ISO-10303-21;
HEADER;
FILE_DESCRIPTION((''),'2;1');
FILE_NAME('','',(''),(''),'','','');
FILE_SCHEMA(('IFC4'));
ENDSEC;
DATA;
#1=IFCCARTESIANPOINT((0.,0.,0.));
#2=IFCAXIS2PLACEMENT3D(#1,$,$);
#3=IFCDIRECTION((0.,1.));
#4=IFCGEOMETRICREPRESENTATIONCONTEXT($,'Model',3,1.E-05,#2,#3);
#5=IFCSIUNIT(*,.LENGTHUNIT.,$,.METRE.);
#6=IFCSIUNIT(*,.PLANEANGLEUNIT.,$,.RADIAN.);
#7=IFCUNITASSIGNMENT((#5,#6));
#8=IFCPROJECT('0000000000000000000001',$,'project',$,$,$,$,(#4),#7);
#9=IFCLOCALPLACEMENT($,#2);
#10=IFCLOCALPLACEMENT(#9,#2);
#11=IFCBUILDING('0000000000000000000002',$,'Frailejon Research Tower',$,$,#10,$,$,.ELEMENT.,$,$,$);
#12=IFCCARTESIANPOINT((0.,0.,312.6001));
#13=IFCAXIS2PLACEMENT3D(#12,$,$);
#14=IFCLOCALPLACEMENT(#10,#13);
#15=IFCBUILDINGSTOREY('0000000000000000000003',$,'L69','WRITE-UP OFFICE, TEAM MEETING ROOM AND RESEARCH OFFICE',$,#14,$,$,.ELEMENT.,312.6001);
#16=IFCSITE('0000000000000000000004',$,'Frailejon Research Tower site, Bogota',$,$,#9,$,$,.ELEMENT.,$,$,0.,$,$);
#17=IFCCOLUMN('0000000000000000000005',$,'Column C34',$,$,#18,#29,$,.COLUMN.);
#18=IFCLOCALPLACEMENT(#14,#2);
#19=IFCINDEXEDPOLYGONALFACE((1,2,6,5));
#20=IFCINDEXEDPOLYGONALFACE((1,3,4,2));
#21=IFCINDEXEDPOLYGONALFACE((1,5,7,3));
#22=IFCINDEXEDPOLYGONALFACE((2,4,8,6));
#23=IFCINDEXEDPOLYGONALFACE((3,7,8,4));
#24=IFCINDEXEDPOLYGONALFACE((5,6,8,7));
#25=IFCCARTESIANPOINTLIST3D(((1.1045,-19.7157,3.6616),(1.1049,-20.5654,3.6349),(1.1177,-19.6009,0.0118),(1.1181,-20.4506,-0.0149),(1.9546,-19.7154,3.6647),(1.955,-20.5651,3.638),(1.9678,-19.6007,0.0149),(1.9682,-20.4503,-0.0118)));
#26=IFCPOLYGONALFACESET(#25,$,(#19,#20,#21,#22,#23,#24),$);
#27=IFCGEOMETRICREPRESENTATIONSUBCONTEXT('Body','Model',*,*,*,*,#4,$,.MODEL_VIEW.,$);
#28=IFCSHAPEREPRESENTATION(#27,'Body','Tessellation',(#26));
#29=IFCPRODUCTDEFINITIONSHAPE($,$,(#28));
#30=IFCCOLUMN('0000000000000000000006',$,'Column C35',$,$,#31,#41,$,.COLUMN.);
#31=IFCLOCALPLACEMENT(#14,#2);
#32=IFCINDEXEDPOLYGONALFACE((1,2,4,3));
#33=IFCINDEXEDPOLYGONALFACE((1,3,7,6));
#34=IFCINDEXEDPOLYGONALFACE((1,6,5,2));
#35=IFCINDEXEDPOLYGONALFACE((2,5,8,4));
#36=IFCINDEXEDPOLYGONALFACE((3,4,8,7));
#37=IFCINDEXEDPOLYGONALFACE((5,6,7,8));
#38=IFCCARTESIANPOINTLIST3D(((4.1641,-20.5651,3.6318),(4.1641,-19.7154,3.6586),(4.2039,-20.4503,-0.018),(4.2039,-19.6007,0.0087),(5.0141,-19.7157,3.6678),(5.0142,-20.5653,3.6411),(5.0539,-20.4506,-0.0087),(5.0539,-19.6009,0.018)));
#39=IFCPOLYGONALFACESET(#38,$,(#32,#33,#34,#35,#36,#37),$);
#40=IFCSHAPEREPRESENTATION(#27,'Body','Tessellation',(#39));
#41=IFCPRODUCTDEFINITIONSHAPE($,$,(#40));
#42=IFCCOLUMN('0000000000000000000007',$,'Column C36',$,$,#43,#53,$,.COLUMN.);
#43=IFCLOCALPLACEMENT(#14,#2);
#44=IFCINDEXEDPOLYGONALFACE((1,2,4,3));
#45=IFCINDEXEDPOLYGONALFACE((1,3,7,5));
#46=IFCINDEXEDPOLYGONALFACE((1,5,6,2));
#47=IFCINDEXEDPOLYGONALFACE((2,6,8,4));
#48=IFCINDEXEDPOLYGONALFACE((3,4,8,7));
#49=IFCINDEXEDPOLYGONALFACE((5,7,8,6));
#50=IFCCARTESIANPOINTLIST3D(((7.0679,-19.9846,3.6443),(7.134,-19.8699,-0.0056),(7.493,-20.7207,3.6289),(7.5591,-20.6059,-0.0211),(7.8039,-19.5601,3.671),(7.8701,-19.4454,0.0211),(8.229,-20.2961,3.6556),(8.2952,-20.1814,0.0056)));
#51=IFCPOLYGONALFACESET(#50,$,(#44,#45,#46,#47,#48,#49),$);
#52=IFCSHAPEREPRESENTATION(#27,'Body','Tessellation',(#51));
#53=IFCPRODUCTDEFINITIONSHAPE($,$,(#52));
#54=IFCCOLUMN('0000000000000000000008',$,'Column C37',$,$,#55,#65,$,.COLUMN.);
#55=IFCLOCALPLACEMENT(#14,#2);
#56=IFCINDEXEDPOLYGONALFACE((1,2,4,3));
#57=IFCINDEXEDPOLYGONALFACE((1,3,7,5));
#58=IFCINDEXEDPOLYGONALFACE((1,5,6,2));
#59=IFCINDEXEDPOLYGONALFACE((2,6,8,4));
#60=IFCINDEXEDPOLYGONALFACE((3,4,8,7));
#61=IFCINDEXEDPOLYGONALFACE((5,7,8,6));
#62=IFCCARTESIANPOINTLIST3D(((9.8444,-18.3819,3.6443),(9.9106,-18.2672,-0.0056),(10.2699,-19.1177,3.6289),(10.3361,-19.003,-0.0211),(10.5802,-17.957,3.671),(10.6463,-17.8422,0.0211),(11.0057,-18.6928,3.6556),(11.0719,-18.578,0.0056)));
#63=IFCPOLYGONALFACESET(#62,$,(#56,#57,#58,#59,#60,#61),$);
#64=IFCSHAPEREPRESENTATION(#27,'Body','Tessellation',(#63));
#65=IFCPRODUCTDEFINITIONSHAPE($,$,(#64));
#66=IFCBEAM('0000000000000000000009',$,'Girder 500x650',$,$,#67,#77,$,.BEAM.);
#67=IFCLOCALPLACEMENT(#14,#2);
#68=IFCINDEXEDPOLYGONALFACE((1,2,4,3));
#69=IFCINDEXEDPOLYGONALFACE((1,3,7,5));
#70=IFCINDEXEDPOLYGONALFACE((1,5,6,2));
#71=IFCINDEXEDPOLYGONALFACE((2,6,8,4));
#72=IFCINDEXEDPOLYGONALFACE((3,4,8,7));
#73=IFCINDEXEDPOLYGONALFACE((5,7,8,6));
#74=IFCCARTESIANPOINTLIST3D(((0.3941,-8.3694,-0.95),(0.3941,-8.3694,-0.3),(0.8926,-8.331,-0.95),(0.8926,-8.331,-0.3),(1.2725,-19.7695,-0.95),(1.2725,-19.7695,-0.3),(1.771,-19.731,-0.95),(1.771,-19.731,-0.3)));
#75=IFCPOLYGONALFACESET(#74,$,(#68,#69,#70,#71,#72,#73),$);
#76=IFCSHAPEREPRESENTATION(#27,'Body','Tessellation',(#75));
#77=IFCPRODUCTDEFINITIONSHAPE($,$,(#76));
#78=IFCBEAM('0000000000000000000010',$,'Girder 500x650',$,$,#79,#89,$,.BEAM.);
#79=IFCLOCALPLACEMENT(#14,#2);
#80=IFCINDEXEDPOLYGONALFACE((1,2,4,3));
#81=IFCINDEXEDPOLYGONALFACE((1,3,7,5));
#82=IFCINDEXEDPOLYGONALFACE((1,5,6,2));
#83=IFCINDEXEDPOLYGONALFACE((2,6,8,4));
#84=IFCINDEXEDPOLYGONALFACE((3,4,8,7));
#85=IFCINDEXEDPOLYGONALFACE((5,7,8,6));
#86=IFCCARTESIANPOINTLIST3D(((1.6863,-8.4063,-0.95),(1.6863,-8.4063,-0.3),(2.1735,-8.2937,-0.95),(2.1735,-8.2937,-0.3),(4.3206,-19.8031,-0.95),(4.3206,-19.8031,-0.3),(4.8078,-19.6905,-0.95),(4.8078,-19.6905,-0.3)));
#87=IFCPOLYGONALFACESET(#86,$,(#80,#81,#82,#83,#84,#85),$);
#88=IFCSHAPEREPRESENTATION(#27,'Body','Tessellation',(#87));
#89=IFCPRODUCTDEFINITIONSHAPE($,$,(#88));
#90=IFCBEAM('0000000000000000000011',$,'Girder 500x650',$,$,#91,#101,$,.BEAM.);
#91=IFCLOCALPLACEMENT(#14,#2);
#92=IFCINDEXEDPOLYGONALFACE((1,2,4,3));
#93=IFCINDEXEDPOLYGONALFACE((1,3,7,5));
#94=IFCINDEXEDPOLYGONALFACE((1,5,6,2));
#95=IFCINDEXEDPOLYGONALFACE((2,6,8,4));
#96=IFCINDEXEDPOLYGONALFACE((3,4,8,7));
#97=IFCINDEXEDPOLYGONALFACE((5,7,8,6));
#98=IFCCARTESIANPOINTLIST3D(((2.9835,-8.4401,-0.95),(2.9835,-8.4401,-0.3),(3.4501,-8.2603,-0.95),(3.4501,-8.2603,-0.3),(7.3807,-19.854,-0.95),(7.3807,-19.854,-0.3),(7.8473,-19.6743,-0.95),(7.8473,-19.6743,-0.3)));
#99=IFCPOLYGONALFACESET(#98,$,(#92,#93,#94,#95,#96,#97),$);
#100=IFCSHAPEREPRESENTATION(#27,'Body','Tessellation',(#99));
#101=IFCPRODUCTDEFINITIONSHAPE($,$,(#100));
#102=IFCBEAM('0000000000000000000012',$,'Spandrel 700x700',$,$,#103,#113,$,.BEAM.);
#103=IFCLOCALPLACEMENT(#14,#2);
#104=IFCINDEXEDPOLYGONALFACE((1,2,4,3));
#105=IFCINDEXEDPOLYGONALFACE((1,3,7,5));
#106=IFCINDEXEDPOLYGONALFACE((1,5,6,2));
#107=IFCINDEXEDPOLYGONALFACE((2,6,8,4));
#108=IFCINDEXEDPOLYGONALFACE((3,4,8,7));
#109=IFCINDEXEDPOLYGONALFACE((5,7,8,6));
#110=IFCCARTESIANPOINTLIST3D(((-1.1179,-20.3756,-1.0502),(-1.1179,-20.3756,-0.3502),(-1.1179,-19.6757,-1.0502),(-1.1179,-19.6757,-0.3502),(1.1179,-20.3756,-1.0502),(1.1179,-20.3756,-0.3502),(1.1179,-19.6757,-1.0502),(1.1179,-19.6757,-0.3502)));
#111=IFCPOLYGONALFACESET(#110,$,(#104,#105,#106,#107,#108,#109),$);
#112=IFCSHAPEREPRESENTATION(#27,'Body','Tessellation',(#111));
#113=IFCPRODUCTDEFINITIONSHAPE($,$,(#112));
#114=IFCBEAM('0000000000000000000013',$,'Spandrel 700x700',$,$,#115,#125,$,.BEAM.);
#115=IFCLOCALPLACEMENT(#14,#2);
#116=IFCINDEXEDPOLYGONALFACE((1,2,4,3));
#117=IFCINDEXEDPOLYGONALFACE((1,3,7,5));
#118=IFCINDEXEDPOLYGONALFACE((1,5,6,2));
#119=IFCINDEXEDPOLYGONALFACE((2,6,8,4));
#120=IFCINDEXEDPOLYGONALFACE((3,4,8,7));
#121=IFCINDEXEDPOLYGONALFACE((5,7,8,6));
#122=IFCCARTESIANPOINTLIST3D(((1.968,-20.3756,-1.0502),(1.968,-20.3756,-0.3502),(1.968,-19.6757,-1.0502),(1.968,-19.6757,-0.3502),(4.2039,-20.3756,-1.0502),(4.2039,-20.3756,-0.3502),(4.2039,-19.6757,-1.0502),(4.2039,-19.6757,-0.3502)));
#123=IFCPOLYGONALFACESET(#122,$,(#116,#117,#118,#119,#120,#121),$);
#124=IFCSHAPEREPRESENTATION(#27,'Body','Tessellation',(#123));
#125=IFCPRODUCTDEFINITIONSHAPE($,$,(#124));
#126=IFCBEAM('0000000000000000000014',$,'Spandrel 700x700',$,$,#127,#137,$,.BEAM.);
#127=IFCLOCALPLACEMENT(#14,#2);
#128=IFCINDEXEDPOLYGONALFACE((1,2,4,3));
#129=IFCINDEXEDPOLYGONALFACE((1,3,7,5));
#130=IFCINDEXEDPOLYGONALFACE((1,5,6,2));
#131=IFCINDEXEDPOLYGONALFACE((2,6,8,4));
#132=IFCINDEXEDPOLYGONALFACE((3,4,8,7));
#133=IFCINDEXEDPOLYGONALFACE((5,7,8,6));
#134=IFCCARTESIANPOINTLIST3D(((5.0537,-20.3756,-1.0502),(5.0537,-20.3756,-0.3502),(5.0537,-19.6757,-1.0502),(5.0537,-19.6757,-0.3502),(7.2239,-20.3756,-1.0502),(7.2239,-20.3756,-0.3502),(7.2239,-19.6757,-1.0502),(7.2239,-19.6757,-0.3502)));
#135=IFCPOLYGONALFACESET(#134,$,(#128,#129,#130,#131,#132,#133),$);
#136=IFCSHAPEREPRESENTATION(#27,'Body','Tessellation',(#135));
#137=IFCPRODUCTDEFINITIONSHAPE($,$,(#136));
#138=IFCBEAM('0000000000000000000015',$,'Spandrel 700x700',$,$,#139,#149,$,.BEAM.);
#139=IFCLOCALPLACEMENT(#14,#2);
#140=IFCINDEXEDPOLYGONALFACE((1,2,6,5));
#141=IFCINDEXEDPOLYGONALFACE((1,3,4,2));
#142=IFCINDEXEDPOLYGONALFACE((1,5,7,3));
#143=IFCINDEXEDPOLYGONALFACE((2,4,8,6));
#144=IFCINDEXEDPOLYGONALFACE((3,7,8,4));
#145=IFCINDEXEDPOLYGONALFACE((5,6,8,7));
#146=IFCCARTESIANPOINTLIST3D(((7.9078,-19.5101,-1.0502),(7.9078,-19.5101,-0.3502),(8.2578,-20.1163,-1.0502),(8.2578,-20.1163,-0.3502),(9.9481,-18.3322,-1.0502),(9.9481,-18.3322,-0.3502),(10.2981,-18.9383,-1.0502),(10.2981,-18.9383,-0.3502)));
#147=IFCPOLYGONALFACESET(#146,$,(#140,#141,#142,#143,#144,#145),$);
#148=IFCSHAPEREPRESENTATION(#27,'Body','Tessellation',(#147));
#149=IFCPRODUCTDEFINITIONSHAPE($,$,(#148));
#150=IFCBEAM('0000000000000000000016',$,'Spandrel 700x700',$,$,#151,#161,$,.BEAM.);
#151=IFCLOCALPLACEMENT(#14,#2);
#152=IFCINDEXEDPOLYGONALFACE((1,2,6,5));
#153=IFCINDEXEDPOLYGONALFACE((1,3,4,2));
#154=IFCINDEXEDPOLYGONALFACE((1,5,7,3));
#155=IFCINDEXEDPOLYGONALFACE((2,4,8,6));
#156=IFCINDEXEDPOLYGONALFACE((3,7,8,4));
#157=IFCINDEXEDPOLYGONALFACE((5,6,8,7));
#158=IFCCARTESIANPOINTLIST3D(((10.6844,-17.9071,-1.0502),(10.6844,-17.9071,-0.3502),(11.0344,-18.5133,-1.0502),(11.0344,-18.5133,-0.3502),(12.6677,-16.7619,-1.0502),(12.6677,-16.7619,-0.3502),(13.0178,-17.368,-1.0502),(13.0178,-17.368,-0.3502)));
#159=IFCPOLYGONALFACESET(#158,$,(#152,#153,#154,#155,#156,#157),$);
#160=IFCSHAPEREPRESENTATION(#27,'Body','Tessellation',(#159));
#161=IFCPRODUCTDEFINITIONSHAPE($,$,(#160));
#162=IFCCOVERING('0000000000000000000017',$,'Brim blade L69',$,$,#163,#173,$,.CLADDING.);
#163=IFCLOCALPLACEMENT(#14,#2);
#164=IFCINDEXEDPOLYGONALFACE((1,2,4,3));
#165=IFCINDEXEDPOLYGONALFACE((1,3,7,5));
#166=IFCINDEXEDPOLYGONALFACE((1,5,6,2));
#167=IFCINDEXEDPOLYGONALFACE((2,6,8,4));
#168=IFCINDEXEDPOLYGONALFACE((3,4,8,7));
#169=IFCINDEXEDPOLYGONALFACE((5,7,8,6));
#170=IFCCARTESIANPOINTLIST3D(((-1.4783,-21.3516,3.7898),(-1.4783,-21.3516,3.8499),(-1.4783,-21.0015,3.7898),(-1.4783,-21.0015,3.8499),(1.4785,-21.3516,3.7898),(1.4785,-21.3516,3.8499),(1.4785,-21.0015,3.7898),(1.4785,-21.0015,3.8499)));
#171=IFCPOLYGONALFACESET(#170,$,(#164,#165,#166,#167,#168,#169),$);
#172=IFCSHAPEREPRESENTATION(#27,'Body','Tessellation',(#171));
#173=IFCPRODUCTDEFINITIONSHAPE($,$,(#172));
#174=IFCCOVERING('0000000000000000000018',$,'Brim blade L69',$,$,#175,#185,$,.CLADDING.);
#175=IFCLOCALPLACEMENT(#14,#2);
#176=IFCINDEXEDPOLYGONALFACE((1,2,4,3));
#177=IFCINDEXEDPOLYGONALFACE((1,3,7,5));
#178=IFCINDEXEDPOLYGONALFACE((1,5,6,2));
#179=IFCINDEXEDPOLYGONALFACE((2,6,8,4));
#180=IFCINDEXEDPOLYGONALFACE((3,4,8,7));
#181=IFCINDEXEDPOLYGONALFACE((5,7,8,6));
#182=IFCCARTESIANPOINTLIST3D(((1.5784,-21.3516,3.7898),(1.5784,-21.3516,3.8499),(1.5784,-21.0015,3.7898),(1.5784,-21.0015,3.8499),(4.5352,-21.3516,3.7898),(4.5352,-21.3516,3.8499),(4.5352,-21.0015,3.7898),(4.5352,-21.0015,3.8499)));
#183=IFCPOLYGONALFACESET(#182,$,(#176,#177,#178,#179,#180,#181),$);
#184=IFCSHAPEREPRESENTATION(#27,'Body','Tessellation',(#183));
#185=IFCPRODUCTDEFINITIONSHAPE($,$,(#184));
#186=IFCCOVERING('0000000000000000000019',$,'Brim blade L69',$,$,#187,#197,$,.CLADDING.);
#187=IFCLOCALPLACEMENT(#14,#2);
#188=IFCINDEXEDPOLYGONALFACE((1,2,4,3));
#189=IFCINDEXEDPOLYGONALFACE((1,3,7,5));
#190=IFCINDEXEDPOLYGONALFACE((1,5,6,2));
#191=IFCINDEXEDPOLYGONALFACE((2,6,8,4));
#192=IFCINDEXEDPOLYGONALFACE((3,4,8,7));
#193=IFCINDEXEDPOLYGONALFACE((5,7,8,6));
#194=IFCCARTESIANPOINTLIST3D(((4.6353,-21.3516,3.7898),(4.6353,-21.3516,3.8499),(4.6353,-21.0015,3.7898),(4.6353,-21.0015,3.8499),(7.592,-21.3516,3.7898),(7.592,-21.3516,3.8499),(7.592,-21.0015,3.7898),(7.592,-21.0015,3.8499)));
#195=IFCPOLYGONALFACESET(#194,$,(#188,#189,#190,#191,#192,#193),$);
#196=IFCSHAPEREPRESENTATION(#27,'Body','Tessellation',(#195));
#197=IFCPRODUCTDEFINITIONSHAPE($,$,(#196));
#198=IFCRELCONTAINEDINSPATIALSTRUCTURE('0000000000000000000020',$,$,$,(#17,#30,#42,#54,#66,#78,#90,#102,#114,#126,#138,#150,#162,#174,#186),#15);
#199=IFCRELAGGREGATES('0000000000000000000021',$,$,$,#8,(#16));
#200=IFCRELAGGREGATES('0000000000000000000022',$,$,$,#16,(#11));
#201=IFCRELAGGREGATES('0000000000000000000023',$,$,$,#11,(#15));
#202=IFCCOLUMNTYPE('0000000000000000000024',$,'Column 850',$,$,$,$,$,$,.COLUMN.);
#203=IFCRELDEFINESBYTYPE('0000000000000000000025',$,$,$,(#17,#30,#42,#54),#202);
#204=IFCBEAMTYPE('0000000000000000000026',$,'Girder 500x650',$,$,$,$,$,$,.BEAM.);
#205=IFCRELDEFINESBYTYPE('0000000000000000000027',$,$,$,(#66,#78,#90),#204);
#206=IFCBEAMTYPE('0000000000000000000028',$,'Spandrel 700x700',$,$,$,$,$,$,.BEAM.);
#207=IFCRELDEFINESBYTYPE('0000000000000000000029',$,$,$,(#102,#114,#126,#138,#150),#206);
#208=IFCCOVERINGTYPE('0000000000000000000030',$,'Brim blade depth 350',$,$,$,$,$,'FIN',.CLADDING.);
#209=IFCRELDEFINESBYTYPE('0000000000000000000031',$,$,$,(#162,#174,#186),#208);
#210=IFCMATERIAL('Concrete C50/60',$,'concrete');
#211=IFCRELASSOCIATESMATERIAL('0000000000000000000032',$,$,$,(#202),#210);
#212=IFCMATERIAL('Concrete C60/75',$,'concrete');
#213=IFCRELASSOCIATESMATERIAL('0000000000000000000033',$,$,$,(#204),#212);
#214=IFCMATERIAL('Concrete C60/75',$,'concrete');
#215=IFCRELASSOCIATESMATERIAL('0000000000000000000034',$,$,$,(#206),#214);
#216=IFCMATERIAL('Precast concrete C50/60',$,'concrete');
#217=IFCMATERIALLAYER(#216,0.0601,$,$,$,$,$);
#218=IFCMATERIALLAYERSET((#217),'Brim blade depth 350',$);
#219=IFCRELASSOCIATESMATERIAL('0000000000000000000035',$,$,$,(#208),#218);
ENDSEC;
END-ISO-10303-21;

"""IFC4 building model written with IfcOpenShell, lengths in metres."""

from ifc_helpers import new_model, si_unit, direction, frame, origin, origin_2d, place, context, subcontext, project, spatial, polyline, rectangle, outline, extrude, material, layer, layer_set, material_profile, profile_set, type_object, element, save


model = new_model("IFC4")

# Units and contexts
model_context = context("Model", 3, precision=1e-05, world=origin(), true_north=direction((0.0, 1.0)))
body_context = subcontext(model_context, "Body", "Model", "MODEL_VIEW")
ifc_project = project(units=[si_unit("LENGTHUNIT", "METRE"), si_unit("PLANEANGLEUNIT", "RADIAN")], contexts=[model_context])

# Site, building, storey
site_placement = place(None, origin())
site = spatial("IfcSite", under=ifc_project, at=site_placement, Name="Frailejon Research Tower site, Bogota", CompositionType="ELEMENT", RefElevation=0.0)
building_placement = place(site_placement, origin())
building = spatial("IfcBuilding", under=site, at=building_placement, Name="Frailejon Research Tower", CompositionType="ELEMENT")
storey_placement = place(building_placement, frame((0.0, 0.0, 312.6001)))
storey = spatial("IfcBuildingStorey", under=building, at=storey_placement, Name="L69", Description="WRITE-UP OFFICE, TEAM MEETING ROOM AND RESEARCH OFFICE", CompositionType="ELEMENT", Elevation=312.6001)

# Columns
ifc_material_1 = material(Name="Concrete C50/60", Category="concrete")
ifc_material_profile_1 = material_profile(ifc_material_1, rectangle(XDim=0.8501, YDim=0.8501, at=origin_2d()), Name="Column 850")
ifc_profile_set_1 = profile_set([ifc_material_profile_1], Name="Concrete C50/60")
column_type = type_object("IfcColumnType", Name="Column 850", PredefinedType="COLUMN", material=ifc_profile_set_1)
column_1_placement = place(storey_placement, frame((1.543, -20.0256, 0.0), z_axis=(-0.00361, -0.031422, 0.9995), x_axis=(0.999993, 0.000341, 0.003623)))
element("IfcColumn", 1, at=column_1_placement, inside=storey, type_object=column_type, Name="Column C34", PredefinedType="COLUMN", context=body_context, shape_type="SweptSolid", body=[
    extrude(rectangle(XDim=0.8501, YDim=0.8501, at=origin_2d()), origin(), (0.0, 0.0, 1.0), 3.6516),
])
column_2_placement = place(storey_placement, frame((4.6289, -20.0256, 0.0), z_axis=(-0.010897, -0.031421, 0.999447), x_axis=(0.999941, -0.000298, 0.010893)))
element("IfcColumn", 2, at=column_2_placement, inside=storey, type_object=column_type, Name="Column C35", PredefinedType="COLUMN", context=body_context, shape_type="SweptSolid", body=[
    extrude(rectangle(XDim=0.8501, YDim=0.8501, at=origin_2d()), origin(), (0.0, 0.0, 1.0), 3.6519),
])
for number, where, z_axis, x_axis, name in (
    (3, (7.7146, -20.0256, 0.0), (-0.018115, -0.031417, 0.999342), (0.865818, 0.499373, 0.031394), "Column C36"),
    (4, (10.4912, -18.4226, 0.0), (-0.018115, -0.031417, 0.999342), (0.86552, 0.499889, 0.031405), "Column C37"),
):
    element("IfcColumn", number, at=place(storey_placement, frame(where, z_axis=z_axis, x_axis=x_axis)), inside=storey, type_object=column_type, Name=name, PredefinedType="COLUMN", context=body_context, shape_type="SweptSolid", body=[
        extrude(rectangle(XDim=0.8501, YDim=0.8501, at=origin_2d()), origin(), (0.0, 0.0, 1.0), 3.6523),
    ])

# Beams
ifc_material_2 = material(Name="Concrete C60/75", Category="concrete")
ifc_material_profile_2 = material_profile(ifc_material_2, rectangle(XDim=0.5, YDim=0.6499, at=origin_2d()), Name="Girder 500x650")
ifc_profile_set_2 = profile_set([ifc_material_profile_2], Name="Concrete C60/75")
beam_type_1 = type_object("IfcBeamType", Name="Girder 500x650", PredefinedType="BEAM", material=ifc_profile_set_2)
beam_1_placement = place(storey_placement, frame((1.5217, -19.7502, -0.625), z_axis=(-0.076825, 0.997045, 0.0), x_axis=(-0.997045, -0.076825, 0.0)))
element("IfcBeam", 5, at=beam_1_placement, inside=storey, type_object=beam_type_1, Name="Girder 500x650", PredefinedType="BEAM", context=body_context, shape_type="SweptSolid", body=[
    extrude(rectangle(XDim=0.5, YDim=0.6499, at=origin_2d()), origin(), (0.0, 0.0, 1.0), 11.4338),
])
beam_2_placement = place(storey_placement, frame((4.5642, -19.7468, -0.625), z_axis=(-0.225206, 0.974311, 0.0), x_axis=(-0.974311, -0.225206, 0.0)))
element("IfcBeam", 6, at=beam_2_placement, inside=storey, type_object=beam_type_1, Name="Girder 500x650", PredefinedType="BEAM", context=body_context, shape_type="SweptSolid", body=[
    extrude(rectangle(XDim=0.5, YDim=0.6499, at=origin_2d()), origin(), (0.0, 0.0, 1.0), 11.6973),
])
beam_3_placement = place(storey_placement, frame((7.614, -19.7642, -0.625), z_axis=(-0.359491, 0.933148, 0.0), x_axis=(-0.933148, -0.359491, 0.0)))
element("IfcBeam", 7, at=beam_3_placement, inside=storey, type_object=beam_type_1, Name="Girder 500x650", PredefinedType="BEAM", context=body_context, shape_type="SweptSolid", body=[
    extrude(rectangle(XDim=0.5, YDim=0.6499, at=origin_2d()), origin(), (0.0, 0.0, 1.0), 12.2317),
])
ifc_material_3 = material(Name="Concrete C60/75", Category="concrete")
ifc_material_profile_3 = material_profile(ifc_material_3, rectangle(XDim=0.7, YDim=0.7, at=origin_2d()), Name="Spandrel 700x700")
ifc_profile_set_3 = profile_set([ifc_material_profile_3], Name="Concrete C60/75")
beam_type_2 = type_object("IfcBeamType", Name="Spandrel 700x700", PredefinedType="BEAM", material=ifc_profile_set_3)
for number, where, z_axis, x_axis, name in (
    (8, (-1.1179, -20.0256, -0.7002), (1.0, 0.0, 0.0), (0.0, 1.0, 0.0), "Spandrel 700x700"),
    (9, (1.968, -20.0256, -0.7002), (1.0, 0.0, 0.0), (0.0, 1.0, 0.0), "Spandrel 700x700"),
):
    element("IfcBeam", number, at=place(storey_placement, frame(where, z_axis=z_axis, x_axis=x_axis)), inside=storey, type_object=beam_type_2, Name=name, PredefinedType="BEAM", context=body_context, shape_type="SweptSolid", body=[
        extrude(rectangle(XDim=0.7, YDim=0.7, at=origin_2d()), origin(), (0.0, 0.0, 1.0), 2.2358),
    ])
beam_4_placement = place(storey_placement, frame((5.0537, -20.0256, -0.7002), z_axis=(1.0, 0.0, 0.0), x_axis=(0.0, 1.0, 0.0)))
element("IfcBeam", 10, at=beam_4_placement, inside=storey, type_object=beam_type_2, Name="Spandrel 700x700", PredefinedType="BEAM", context=body_context, shape_type="SweptSolid", body=[
    extrude(rectangle(XDim=0.7, YDim=0.7, at=origin_2d()), origin(), (0.0, 0.0, 1.0), 2.1702),
])
beam_5_placement = place(storey_placement, frame((8.0828, -19.8132, -0.7002), z_axis=(0.866022, 0.500007, 0.0), x_axis=(-0.500007, 0.866022, 0.0)))
element("IfcBeam", 11, at=beam_5_placement, inside=storey, type_object=beam_type_2, Name="Spandrel 700x700", PredefinedType="BEAM", context=body_context, shape_type="SweptSolid", body=[
    extrude(rectangle(XDim=0.7, YDim=0.7, at=origin_2d()), origin(), (0.0, 0.0, 1.0), 2.356),
])
beam_6_placement = place(storey_placement, frame((10.8594, -18.2102, -0.7002), z_axis=(0.865997, 0.500048, 0.0), x_axis=(-0.500048, 0.865997, 0.0)))
element("IfcBeam", 12, at=beam_6_placement, inside=storey, type_object=beam_type_2, Name="Spandrel 700x700", PredefinedType="BEAM", context=body_context, shape_type="SweptSolid", body=[
    extrude(rectangle(XDim=0.7, YDim=0.7, at=origin_2d()), origin(), (0.0, 0.0, 1.0), 2.2903),
])

# Coverings
ifc_material_4 = material(Name="Precast concrete C50/60", Category="concrete")
ifc_layer_1 = layer(ifc_material_4, 0.0601)
ifc_layer_set_1 = layer_set([ifc_layer_1], Name="Brim blade depth 350")
covering_type_1 = type_object("IfcCoveringType", Name="Brim blade depth 350", ElementType="FIN", PredefinedType="CLADDING", material=ifc_layer_set_1)
for number, where, z_axis, x_axis, name in (
    (13, (1.4785, -21.0015, 3.8499), (-1.0, 0.0, 0.0), (0.0, -1.0, 0.0), "Brim blade L69"),
    (14, (4.5352, -21.0015, 3.8499), (-1.0, 0.0, 0.0), (0.0, -1.0, 0.0), "Brim blade L69"),
    (15, (7.592, -21.0015, 3.8499), (-1.0, 0.0, 0.0), (0.0, -1.0, 0.0), "Brim blade L69"),
):
    element("IfcCovering", number, at=place(storey_placement, frame(where, z_axis=z_axis, x_axis=x_axis)), inside=storey, type_object=covering_type_1, Name=name, PredefinedType="CLADDING", context=body_context, shape_type="SweptSolid", body=[
        extrude(outline(polyline([(0.0, -0.0601), (0.3501, -0.0601), (0.3501, 0.0), (0.0, 0.0), (0.0, -0.0601)])), origin(), (0.0, 0.0, 1.0), 2.9568),
    ])

save(model, "model.ifc")
